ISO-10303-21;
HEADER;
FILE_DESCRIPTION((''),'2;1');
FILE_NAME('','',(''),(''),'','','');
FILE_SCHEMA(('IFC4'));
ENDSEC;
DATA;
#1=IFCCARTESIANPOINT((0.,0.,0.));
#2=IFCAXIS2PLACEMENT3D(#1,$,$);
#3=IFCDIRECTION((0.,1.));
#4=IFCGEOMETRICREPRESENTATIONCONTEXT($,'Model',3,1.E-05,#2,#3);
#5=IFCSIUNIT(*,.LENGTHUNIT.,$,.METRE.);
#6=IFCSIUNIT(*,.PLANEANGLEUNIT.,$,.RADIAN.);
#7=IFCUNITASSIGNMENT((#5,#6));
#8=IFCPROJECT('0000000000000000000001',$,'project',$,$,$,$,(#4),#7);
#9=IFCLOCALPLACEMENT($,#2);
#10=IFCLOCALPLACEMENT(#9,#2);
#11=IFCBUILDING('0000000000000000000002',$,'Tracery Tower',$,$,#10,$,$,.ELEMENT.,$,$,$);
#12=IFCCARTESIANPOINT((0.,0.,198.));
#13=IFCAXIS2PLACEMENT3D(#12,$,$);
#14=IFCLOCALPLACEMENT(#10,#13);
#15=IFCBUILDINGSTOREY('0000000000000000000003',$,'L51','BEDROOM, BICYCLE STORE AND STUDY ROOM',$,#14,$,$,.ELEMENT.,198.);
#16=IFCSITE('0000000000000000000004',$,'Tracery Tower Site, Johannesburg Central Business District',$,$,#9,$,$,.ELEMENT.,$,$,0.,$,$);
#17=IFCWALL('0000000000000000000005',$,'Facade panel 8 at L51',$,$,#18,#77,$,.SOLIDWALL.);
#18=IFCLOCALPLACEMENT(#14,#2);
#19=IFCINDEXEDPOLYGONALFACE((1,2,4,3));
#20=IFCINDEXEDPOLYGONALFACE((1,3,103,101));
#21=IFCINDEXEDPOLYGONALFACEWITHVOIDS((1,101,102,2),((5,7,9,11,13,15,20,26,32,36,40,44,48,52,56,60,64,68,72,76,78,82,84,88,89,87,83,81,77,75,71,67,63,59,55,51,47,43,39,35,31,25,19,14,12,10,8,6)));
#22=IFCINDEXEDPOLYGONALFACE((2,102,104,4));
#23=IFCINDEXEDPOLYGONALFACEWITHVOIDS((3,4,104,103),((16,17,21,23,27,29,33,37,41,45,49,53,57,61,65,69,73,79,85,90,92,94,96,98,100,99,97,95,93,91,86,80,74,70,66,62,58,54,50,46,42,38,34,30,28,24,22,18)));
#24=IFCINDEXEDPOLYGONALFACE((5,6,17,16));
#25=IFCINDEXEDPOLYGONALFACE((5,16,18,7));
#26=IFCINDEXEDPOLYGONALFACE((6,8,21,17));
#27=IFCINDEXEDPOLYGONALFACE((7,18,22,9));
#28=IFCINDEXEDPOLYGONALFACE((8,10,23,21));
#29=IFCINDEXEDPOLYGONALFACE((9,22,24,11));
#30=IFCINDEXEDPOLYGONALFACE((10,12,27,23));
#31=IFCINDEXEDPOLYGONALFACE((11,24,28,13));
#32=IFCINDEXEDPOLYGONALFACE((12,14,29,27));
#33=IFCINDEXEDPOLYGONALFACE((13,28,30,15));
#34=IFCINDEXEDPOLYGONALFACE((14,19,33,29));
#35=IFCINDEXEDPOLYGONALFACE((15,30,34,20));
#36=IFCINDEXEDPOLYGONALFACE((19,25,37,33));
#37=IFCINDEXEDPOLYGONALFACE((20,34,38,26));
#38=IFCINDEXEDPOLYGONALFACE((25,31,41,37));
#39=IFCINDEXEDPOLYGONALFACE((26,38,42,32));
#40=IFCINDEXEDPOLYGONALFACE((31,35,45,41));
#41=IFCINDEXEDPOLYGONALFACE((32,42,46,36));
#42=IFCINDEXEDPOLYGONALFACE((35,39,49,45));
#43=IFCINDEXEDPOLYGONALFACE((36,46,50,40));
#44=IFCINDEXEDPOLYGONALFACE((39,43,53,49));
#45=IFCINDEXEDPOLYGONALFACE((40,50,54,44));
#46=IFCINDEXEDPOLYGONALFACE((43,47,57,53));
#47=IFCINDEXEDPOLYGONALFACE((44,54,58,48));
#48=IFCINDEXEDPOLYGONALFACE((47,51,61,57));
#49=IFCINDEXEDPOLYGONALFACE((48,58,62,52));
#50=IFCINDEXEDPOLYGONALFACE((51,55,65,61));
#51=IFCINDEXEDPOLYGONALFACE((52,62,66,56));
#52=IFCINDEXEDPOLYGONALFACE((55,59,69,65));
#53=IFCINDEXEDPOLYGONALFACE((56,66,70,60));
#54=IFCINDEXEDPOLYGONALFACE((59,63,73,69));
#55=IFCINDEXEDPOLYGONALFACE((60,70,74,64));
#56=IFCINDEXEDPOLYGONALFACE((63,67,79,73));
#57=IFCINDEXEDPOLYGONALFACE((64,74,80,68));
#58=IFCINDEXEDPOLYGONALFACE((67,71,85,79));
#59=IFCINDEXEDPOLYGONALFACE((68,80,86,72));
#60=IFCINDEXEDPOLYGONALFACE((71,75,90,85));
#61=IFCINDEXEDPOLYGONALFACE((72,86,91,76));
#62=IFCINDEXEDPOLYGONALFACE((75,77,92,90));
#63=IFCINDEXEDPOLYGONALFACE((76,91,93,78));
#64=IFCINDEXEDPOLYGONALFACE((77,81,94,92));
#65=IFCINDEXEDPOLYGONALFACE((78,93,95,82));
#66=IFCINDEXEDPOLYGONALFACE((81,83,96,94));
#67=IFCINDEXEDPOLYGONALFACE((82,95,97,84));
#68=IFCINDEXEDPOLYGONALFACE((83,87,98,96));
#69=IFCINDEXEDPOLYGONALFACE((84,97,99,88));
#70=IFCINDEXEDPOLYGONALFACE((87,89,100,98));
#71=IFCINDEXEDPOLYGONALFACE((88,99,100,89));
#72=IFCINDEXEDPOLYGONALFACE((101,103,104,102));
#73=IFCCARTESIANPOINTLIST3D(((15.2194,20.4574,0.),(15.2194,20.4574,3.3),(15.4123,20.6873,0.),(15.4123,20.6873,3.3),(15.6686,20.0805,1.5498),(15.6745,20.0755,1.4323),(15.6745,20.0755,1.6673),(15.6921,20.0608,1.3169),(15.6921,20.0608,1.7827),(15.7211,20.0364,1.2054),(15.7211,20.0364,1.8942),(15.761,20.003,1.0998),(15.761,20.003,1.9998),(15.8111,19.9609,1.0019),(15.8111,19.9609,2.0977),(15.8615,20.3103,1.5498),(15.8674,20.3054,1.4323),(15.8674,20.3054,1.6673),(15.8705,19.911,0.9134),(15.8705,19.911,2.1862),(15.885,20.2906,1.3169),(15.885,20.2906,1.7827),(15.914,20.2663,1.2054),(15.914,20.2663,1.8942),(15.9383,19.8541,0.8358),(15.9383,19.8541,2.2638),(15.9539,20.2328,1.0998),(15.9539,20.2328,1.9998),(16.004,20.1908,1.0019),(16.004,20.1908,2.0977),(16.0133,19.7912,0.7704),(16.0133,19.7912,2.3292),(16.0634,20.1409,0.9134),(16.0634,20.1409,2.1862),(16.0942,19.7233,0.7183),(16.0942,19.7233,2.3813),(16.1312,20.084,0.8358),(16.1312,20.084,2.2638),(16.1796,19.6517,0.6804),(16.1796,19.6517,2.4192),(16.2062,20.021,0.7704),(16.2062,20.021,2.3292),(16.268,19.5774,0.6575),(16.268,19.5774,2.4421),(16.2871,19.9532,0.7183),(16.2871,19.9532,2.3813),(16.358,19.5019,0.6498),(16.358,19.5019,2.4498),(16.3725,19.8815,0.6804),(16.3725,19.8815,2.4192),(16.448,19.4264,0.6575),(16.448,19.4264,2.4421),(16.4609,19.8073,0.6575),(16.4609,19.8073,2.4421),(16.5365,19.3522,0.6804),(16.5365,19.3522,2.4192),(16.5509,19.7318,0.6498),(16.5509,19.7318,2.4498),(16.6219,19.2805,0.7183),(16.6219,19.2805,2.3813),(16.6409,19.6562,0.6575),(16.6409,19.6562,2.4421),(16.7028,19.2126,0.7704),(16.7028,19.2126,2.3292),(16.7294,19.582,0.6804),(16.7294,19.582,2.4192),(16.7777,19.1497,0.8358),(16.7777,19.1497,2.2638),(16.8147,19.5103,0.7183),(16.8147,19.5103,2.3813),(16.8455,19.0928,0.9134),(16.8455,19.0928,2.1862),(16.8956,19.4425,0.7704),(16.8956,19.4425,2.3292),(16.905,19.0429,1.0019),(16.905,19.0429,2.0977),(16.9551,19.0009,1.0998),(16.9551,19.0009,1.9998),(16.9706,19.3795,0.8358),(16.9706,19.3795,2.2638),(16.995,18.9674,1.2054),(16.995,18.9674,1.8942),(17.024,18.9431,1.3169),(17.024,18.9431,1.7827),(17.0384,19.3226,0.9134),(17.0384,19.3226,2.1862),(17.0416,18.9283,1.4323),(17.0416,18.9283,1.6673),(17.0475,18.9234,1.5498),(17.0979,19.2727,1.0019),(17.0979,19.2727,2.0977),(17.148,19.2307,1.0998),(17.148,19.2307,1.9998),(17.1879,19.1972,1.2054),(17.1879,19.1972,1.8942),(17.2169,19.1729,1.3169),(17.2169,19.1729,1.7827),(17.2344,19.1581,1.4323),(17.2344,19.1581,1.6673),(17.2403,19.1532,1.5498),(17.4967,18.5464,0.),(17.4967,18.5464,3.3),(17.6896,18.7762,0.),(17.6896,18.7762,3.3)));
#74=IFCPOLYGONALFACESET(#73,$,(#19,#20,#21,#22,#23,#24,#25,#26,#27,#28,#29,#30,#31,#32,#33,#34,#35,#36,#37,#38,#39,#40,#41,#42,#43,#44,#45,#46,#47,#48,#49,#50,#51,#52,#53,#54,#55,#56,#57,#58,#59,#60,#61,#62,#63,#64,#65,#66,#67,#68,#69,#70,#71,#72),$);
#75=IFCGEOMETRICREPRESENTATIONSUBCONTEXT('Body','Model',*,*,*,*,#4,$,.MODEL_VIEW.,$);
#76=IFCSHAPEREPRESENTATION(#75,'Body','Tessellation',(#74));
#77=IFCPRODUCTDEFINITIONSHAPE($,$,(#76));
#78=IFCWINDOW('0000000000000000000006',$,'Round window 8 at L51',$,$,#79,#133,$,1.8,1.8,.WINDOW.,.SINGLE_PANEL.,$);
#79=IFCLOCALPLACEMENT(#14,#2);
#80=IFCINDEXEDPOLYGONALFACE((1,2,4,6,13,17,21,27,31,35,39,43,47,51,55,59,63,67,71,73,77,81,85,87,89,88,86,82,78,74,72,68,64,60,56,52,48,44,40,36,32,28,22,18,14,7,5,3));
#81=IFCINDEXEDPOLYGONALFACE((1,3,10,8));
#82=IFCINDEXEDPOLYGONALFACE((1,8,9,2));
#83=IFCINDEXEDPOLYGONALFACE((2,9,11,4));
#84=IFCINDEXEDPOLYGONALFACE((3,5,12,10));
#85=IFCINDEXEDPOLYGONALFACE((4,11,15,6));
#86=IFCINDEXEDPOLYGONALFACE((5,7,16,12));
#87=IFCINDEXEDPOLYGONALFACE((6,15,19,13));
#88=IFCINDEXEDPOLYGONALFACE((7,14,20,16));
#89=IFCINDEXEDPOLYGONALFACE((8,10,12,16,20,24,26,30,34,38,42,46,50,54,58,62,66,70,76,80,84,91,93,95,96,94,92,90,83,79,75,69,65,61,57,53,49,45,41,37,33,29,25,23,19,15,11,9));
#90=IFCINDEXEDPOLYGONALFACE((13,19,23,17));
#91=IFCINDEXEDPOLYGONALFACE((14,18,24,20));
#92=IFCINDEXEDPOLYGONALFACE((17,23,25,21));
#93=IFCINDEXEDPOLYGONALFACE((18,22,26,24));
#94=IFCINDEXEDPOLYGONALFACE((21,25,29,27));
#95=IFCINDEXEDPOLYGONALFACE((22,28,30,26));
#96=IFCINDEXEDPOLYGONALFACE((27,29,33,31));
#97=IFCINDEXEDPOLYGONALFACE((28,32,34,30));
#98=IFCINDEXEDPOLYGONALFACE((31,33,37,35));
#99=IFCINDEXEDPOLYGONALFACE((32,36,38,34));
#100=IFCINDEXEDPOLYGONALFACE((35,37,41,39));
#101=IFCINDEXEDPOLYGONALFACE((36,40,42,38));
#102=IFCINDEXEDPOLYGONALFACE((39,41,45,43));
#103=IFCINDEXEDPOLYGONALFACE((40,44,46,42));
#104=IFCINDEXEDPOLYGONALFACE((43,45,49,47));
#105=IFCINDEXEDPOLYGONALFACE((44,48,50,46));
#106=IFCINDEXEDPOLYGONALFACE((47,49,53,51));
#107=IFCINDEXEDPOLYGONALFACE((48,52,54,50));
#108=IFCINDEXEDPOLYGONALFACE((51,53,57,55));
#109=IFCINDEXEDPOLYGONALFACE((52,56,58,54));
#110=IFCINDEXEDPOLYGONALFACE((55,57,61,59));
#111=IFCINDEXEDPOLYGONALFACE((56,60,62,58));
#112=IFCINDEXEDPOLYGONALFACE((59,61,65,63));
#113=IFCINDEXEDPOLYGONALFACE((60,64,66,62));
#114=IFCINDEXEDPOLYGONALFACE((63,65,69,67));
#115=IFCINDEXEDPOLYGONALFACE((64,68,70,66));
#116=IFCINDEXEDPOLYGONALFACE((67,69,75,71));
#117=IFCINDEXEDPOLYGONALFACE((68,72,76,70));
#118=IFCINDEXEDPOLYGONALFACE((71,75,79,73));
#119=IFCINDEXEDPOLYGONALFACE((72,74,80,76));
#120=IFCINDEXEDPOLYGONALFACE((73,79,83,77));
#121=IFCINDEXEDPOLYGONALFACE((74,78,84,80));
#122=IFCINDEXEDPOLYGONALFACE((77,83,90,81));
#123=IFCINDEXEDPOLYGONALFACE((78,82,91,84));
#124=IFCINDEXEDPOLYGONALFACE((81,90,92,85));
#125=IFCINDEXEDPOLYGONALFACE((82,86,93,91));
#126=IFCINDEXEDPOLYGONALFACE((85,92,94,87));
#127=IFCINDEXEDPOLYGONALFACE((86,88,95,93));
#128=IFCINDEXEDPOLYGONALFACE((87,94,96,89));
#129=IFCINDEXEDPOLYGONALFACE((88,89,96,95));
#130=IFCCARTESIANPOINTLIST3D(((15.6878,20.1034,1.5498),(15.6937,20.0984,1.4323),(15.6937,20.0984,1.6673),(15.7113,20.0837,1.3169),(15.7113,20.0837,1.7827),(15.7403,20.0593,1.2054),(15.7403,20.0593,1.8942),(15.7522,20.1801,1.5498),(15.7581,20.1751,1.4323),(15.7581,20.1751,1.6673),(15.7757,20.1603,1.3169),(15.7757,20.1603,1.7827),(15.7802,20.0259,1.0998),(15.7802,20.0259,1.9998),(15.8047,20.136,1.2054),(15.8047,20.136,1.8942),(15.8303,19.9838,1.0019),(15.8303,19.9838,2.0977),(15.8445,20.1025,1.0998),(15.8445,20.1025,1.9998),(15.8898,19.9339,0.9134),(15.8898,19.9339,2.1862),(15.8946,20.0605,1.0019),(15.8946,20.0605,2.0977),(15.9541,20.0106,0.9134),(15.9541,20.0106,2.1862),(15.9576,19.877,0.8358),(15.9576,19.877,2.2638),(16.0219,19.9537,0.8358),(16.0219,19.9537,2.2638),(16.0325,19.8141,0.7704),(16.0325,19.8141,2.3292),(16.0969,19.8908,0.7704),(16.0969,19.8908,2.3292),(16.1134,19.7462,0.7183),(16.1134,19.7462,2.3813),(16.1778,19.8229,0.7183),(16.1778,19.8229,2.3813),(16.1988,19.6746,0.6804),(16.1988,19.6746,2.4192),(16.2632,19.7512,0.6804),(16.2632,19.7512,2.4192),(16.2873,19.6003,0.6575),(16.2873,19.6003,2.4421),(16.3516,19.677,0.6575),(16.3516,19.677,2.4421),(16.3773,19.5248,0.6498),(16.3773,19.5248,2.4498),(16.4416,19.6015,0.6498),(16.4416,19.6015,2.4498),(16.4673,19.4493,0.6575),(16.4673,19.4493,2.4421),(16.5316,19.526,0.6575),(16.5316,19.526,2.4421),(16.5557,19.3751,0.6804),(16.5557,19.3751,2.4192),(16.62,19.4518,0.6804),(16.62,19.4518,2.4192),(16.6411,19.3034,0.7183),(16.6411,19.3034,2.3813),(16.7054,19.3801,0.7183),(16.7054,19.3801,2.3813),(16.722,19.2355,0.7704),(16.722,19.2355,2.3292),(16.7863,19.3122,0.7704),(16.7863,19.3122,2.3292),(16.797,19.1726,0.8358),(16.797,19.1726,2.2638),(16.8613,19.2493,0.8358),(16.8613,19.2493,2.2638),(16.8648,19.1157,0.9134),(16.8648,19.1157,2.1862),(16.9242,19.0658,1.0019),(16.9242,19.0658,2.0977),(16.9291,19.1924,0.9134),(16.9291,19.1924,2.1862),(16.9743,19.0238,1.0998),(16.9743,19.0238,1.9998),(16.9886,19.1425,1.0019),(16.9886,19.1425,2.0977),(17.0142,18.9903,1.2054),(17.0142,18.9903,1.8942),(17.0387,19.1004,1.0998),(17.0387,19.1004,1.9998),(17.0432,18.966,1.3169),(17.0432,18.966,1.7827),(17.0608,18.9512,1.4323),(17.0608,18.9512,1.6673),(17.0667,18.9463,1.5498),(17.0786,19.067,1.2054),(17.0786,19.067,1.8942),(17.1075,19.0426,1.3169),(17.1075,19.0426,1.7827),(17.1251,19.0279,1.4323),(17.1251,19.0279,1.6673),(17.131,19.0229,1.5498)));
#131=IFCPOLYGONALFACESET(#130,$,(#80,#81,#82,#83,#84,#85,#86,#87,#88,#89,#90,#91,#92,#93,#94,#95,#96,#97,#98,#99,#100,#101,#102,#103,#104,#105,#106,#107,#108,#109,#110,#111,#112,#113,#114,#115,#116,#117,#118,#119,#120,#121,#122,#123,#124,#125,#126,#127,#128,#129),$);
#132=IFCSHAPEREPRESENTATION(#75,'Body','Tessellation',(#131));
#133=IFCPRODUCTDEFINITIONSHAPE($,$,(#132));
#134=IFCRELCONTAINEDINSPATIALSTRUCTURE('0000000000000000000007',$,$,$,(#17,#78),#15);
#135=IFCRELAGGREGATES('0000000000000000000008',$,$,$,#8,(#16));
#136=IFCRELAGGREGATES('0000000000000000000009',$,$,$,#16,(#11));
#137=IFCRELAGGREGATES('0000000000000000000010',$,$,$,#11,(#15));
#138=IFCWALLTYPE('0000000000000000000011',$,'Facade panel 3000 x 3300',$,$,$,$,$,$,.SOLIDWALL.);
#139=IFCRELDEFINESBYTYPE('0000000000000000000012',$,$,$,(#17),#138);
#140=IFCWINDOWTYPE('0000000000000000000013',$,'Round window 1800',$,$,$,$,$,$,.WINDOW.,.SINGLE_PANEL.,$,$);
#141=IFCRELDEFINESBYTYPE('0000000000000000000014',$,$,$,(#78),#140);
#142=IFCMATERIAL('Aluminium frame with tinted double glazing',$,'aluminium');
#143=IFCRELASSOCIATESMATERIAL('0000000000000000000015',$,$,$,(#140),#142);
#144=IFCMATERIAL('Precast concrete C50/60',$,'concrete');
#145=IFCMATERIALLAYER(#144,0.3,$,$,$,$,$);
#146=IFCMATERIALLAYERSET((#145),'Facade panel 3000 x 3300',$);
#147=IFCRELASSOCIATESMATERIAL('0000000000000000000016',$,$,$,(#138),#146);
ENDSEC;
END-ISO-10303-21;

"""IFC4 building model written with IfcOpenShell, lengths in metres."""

from ifc_helpers import new_model, si_unit, direction, frame, frame_2d, origin, origin_2d, place, context, subcontext, project, spatial, rectangle, circle, extrude, material, layer, layer_set, type_object, element, fill, save


model = new_model("IFC4")

# Units and contexts
model_context = context("Model", 3, precision=1e-05, world=origin(), true_north=direction((0.0, 1.0)))
body_context = subcontext(model_context, "Body", "Model", "MODEL_VIEW")
ifc_project = project(units=[si_unit("LENGTHUNIT", "METRE"), si_unit("PLANEANGLEUNIT", "RADIAN")], contexts=[model_context])

# Site, building, storey
site_placement = place(None, origin())
site = spatial("IfcSite", under=ifc_project, at=site_placement, Name="Tracery Tower Site, Johannesburg Central Business District", CompositionType="ELEMENT", RefElevation=0.0)
building_placement = place(site_placement, origin())
building = spatial("IfcBuilding", under=site, at=building_placement, Name="Tracery Tower", CompositionType="ELEMENT")
storey_placement = place(building_placement, frame((0.0, 0.0, 198.0)))
storey = spatial("IfcBuildingStorey", under=building, at=storey_placement, Name="L51", Description="BEDROOM, BICYCLE STORE AND STUDY ROOM", CompositionType="ELEMENT", Elevation=198.0)

# Wall, opening, window
ifc_material_1 = material(Name="Aluminium frame with tinted double glazing", Category="aluminium")
window_type = type_object("IfcWindowType", Name="Round window 1800", PartitioningType="SINGLE_PANEL", PredefinedType="WINDOW", material=ifc_material_1)
ifc_material_2 = material(Name="Precast concrete C50/60", Category="concrete")
ifc_layer_1 = layer(ifc_material_2, 0.3)
ifc_layer_set_1 = layer_set([ifc_layer_1], Name="Facade panel 3000 x 3300")
wall_type_1 = type_object("IfcWallType", Name="Facade panel 3000 x 3300", PredefinedType="SOLIDWALL", material=ifc_layer_set_1)
wall_1_placement = place(storey_placement, frame((17.593, 18.6614, 0.0), z_axis=(0.0, 0.0, 1.0), x_axis=(-0.766009, 0.64283, 0.0)))
wall_1 = element("IfcWall", 1, at=wall_1_placement, inside=storey, type_object=wall_type_1, Name="Facade panel 8 at L51", PredefinedType="SOLIDWALL", context=body_context, shape_type="SweptSolid", body=[
    extrude(rectangle(XDim=2.9729, YDim=0.3, at=frame_2d((1.4863, 0.0))), origin(), (0.0, 0.0, 1.0), 3.3),
])
opening_1_placement = place(wall_1_placement, frame((1.4863, 0.0, 1.5498)))
opening_1 = element("IfcOpeningElement", 2, at=opening_1_placement, cuts=wall_1, PredefinedType="OPENING", context=body_context, shape_type="SweptSolid", body=[
    extrude(circle(Radius=0.9, at=origin_2d()), frame((0.0, 0.1599, 0.0), z_axis=(0.0, -1.0, 0.0), x_axis=(1.0, 0.0, 0.0)), (0.0, 0.0, 1.0), 0.3201),
])
window_1_placement = place(opening_1_placement, origin())
window_1 = element("IfcWindow", 3, at=window_1_placement, inside=storey, type_object=window_type, Name="Round window 8 at L51", OverallHeight=1.8, OverallWidth=1.8, PartitioningType="SINGLE_PANEL", PredefinedType="WINDOW", context=body_context, shape_type="SweptSolid", body=[
    extrude(circle(Radius=0.9, at=origin_2d()), frame((0.0, 0.1201, 0.0), z_axis=(0.0, -1.0, 0.0), x_axis=(1.0, 0.0, 0.0)), (0.0, 0.0, 1.0), 0.1001),
])
fill(opening_1, window_1)

save(model, "model.ifc")
